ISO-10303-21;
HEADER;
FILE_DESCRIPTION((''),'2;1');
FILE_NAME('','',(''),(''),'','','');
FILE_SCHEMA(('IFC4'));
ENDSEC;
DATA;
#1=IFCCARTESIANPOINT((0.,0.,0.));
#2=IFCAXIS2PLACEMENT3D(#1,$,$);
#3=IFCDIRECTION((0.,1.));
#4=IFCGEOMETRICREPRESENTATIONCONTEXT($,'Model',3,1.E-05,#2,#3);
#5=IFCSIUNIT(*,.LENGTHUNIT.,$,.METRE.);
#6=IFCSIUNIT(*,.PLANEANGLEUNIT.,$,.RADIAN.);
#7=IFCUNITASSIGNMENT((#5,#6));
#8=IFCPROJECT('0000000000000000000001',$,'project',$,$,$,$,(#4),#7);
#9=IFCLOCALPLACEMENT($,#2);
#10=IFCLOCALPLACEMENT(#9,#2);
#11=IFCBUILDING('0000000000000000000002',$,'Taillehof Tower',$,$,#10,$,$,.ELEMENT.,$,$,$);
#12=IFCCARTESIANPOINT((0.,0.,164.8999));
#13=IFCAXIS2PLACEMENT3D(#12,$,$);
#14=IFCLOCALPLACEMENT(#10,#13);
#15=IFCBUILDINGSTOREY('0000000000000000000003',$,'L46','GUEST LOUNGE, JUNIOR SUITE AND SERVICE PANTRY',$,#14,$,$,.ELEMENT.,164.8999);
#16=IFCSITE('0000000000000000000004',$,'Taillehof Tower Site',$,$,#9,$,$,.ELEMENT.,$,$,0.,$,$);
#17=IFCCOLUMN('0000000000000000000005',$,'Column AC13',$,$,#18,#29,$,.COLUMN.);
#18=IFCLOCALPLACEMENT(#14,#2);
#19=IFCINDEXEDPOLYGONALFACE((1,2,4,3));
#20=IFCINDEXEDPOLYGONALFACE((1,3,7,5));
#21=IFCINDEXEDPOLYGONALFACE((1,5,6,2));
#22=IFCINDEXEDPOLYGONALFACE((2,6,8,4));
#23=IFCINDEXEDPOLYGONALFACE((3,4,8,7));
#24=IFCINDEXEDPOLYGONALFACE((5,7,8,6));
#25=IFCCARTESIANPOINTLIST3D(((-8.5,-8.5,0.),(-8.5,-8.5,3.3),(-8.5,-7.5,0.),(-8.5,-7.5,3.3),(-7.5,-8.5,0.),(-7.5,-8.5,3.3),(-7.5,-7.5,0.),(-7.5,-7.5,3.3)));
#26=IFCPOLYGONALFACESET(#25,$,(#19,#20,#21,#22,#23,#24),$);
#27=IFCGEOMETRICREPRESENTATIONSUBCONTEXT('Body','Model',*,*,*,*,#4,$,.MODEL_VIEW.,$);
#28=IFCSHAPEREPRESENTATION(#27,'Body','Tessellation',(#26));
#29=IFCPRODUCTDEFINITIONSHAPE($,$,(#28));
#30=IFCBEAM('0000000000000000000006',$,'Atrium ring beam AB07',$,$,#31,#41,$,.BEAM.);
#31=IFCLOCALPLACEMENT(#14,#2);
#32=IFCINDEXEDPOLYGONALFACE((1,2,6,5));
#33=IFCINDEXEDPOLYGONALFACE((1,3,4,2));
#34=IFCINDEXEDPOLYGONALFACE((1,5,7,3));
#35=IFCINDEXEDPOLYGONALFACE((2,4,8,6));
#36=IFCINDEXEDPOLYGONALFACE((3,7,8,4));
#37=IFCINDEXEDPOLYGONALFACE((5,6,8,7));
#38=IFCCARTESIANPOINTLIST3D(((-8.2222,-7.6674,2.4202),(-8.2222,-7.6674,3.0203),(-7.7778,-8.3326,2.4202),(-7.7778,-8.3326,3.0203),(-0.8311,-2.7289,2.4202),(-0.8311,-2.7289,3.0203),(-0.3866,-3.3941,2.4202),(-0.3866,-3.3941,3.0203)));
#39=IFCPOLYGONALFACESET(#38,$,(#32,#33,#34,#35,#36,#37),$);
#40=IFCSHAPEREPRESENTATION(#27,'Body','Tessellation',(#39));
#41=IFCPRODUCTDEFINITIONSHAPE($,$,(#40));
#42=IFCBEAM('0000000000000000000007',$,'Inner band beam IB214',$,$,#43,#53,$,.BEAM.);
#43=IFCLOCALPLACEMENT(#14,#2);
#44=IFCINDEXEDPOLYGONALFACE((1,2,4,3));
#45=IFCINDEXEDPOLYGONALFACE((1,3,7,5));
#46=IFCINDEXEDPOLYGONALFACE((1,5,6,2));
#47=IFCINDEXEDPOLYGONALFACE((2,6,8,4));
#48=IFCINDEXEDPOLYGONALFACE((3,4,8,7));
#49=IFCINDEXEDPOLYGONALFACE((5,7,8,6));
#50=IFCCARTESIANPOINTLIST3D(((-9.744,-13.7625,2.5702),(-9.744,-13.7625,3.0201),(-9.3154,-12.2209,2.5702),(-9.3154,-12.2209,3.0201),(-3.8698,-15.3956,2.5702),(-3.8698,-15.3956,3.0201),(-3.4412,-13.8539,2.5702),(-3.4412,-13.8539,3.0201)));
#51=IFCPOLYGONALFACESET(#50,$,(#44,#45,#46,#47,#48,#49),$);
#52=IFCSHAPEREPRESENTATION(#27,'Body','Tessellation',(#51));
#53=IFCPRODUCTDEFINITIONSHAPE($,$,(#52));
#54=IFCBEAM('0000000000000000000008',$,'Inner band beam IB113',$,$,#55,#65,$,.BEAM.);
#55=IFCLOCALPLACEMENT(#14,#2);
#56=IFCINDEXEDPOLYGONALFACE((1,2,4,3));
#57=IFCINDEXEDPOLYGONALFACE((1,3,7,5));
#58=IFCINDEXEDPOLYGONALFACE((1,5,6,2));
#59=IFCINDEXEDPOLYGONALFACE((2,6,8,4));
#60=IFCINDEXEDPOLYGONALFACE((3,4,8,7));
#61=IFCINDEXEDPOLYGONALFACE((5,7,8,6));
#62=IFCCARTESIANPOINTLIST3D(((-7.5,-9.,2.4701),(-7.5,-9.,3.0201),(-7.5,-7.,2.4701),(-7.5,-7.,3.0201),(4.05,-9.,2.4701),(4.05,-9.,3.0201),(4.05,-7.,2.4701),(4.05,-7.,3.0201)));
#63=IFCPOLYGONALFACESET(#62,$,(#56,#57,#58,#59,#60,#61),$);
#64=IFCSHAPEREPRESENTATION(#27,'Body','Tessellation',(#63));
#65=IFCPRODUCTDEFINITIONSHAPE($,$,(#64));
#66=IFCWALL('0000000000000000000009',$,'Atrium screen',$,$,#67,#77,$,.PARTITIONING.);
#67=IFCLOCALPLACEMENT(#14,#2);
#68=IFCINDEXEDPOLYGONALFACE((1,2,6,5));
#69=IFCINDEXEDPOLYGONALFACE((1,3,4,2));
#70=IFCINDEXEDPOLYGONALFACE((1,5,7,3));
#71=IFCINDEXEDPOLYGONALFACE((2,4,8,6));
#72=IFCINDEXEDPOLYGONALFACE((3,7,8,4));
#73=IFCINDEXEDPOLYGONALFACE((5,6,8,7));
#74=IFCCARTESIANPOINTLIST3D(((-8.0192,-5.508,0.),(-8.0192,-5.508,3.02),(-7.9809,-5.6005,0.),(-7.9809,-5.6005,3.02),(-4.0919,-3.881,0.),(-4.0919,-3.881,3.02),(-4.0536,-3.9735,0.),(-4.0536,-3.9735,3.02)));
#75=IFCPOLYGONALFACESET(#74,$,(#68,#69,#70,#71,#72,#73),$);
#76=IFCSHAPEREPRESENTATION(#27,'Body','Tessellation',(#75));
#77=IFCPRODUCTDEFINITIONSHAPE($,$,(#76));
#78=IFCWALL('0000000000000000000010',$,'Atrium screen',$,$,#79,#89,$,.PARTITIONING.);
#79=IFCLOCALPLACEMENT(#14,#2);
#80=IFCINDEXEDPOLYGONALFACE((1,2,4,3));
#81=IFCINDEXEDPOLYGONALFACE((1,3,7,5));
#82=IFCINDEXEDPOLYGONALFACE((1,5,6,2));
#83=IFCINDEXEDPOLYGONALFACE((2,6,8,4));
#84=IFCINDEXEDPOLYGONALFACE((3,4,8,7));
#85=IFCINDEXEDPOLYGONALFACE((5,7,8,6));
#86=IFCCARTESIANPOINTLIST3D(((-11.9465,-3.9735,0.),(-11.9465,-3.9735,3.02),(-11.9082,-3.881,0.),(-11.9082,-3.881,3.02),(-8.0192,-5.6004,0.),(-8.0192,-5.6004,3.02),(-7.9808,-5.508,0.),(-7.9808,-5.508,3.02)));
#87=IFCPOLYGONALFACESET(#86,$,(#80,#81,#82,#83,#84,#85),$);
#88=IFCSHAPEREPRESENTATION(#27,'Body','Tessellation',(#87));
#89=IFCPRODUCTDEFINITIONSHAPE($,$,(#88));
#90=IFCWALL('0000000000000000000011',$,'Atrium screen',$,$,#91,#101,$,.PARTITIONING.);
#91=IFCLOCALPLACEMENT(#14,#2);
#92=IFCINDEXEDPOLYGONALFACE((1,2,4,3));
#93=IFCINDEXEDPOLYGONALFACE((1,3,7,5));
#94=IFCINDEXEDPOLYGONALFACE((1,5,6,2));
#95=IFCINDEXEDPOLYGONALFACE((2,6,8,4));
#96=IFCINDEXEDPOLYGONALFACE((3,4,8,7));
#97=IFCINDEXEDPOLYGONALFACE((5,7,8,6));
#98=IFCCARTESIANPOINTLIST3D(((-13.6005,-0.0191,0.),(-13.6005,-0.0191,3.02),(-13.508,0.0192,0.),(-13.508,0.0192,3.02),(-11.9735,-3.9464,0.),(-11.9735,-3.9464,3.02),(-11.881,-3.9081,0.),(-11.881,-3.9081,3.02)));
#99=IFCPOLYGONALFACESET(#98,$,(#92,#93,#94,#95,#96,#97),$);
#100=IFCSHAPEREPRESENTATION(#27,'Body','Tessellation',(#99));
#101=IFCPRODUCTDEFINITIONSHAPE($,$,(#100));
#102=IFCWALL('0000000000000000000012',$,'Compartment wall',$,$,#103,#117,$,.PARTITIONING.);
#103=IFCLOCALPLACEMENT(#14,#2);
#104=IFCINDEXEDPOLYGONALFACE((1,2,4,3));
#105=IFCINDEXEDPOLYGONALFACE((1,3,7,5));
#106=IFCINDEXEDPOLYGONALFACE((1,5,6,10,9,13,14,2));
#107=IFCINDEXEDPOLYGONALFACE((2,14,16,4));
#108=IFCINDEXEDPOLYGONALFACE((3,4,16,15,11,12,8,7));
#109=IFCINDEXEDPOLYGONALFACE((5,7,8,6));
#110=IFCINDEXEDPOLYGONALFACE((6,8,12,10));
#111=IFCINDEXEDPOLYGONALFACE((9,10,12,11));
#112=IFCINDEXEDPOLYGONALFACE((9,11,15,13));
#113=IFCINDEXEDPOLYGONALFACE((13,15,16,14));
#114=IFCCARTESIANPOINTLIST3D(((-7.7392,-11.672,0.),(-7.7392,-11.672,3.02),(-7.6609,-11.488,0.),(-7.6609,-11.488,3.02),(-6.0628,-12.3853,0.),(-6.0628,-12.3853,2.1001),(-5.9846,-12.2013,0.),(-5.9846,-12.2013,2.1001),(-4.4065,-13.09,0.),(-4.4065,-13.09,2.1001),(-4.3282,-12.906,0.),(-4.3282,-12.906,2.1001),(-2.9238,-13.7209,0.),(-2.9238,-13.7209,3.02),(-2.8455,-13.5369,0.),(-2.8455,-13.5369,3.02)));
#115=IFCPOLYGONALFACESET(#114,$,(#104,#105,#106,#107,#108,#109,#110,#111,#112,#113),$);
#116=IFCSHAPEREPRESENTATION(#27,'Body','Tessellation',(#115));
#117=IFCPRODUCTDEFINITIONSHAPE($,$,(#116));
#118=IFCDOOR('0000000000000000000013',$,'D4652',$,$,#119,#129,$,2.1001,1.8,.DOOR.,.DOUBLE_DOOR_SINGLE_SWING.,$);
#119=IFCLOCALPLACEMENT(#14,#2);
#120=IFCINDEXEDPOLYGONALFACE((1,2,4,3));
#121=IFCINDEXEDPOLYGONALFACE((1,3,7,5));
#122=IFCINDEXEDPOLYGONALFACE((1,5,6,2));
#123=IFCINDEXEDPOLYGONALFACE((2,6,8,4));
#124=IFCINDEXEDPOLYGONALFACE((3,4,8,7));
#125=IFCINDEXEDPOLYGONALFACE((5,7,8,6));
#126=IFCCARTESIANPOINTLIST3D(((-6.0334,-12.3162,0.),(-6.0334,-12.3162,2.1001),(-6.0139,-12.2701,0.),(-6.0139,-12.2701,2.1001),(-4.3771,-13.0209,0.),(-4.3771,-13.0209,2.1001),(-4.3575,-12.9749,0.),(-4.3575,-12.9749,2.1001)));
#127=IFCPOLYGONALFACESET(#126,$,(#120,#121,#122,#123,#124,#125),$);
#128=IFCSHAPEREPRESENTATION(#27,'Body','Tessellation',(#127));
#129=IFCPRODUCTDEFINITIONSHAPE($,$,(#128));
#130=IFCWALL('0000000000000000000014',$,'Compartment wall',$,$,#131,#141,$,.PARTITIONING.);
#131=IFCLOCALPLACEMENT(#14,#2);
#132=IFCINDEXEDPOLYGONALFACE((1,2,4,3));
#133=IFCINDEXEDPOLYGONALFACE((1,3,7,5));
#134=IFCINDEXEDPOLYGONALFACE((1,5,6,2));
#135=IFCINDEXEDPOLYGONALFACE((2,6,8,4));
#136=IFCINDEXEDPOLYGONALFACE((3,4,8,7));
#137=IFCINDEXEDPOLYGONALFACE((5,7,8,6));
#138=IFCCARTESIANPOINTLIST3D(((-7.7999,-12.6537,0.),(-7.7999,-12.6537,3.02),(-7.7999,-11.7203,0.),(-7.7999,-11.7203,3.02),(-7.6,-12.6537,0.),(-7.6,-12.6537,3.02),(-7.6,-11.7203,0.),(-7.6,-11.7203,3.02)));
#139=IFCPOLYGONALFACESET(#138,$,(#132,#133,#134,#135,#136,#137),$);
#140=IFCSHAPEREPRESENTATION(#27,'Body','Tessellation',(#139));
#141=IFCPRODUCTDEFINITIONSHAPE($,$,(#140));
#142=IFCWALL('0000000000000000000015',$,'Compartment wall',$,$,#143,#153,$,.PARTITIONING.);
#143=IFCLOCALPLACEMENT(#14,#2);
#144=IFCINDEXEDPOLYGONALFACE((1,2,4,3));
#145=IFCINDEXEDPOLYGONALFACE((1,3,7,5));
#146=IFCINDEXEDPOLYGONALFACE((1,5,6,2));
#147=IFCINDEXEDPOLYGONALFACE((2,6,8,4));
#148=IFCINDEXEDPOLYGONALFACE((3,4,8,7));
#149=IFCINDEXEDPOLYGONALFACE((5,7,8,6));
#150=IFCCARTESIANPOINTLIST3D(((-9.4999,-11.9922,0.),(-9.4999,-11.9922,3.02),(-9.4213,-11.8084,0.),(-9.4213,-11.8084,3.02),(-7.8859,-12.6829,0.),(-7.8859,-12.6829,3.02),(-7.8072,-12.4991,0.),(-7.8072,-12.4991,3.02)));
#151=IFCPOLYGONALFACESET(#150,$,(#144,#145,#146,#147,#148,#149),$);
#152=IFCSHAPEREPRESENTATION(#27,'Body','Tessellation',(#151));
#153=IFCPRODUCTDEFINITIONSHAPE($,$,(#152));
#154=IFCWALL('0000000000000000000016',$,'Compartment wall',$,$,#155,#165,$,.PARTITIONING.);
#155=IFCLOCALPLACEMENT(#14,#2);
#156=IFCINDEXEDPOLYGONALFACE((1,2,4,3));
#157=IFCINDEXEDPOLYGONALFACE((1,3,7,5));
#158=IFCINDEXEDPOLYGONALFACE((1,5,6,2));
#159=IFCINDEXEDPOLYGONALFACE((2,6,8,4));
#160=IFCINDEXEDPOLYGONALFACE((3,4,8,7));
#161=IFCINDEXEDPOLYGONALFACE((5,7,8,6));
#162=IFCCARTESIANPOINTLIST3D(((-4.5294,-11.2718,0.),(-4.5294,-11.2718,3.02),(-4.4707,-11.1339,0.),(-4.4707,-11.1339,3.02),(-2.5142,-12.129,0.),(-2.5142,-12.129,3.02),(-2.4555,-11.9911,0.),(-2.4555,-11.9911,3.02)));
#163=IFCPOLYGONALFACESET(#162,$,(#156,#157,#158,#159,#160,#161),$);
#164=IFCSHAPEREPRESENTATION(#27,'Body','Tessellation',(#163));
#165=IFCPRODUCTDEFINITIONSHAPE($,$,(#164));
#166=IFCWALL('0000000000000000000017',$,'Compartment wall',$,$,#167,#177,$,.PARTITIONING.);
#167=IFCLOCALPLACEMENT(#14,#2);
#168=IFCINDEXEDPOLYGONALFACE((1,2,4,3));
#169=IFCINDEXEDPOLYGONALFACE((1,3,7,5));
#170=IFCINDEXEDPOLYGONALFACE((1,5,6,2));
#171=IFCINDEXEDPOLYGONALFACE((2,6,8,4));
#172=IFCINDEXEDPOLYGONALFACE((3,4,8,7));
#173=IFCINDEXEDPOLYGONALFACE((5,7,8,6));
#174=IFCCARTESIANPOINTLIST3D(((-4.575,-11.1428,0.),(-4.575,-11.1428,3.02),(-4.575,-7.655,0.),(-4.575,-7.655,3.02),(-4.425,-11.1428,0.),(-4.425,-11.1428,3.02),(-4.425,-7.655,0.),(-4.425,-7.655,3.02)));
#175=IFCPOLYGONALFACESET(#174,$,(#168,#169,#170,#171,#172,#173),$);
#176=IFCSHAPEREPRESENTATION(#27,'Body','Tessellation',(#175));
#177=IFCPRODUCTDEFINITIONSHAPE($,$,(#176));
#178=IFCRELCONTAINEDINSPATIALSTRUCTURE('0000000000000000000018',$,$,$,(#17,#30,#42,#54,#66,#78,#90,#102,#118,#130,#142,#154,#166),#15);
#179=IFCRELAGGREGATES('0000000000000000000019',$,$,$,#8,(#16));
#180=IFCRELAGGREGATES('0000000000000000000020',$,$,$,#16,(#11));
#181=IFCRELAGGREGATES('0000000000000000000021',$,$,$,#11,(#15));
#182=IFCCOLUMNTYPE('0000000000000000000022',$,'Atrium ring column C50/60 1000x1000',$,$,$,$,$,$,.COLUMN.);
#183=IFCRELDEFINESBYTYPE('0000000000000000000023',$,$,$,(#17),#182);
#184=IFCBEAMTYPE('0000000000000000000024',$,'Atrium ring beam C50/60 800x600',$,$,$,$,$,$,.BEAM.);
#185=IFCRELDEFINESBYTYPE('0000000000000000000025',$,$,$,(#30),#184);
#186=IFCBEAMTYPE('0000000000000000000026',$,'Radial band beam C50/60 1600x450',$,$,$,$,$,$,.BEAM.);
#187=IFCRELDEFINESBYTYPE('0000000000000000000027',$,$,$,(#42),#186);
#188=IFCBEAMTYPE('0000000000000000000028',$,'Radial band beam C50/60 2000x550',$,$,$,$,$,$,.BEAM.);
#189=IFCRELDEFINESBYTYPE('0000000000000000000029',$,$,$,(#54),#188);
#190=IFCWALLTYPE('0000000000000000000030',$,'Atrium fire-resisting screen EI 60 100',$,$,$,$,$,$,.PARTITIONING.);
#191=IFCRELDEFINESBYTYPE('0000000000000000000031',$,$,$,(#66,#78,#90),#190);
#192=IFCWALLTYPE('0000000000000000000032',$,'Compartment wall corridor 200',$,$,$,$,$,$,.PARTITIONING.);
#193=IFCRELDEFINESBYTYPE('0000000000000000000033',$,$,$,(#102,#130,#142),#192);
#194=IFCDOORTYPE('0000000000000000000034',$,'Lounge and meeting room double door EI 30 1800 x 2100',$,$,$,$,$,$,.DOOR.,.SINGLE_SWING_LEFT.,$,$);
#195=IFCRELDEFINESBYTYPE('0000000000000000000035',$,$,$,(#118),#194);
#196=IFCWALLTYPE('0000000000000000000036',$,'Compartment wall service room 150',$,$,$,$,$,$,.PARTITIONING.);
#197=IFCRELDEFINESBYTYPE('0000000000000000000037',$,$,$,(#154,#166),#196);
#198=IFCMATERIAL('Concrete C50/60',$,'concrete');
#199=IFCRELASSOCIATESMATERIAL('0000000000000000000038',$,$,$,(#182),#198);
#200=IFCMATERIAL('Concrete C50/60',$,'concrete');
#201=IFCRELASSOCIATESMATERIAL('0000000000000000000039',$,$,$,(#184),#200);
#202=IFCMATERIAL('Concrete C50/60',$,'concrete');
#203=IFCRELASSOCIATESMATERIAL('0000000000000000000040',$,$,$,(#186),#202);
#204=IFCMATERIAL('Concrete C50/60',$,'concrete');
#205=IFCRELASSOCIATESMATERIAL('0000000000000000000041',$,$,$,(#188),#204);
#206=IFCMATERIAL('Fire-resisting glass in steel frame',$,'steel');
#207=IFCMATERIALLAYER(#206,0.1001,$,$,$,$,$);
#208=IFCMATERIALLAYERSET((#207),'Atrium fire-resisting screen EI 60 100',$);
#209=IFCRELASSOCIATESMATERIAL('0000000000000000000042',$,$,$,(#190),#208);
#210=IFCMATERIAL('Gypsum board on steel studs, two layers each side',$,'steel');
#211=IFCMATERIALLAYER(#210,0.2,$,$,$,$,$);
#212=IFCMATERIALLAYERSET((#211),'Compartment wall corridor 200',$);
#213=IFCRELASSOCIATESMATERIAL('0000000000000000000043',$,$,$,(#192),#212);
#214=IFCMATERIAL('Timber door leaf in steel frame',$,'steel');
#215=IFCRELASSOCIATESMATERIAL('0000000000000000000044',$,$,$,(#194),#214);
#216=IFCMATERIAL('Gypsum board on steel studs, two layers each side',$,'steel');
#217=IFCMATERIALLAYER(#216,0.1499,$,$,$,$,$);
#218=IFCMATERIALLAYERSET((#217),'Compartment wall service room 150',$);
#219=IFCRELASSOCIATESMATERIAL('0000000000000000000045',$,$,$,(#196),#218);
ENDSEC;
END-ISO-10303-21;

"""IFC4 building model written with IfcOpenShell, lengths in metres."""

from ifc_helpers import new_model, si_unit, direction, frame, frame_2d, origin, origin_2d, place, context, subcontext, project, spatial, rectangle, extrude, material, layer, layer_set, material_profile, profile_set, type_object, element, fill, save


model = new_model("IFC4")

# Units and contexts
model_context = context("Model", 3, precision=1e-05, world=origin(), true_north=direction((0.0, 1.0)))
body_context = subcontext(model_context, "Body", "Model", "MODEL_VIEW")
ifc_project = project(units=[si_unit("LENGTHUNIT", "METRE"), si_unit("PLANEANGLEUNIT", "RADIAN")], contexts=[model_context])

# Site, building, storey
site_placement = place(None, origin())
site = spatial("IfcSite", under=ifc_project, at=site_placement, Name="Taillehof Tower Site", CompositionType="ELEMENT", RefElevation=0.0)
building_placement = place(site_placement, origin())
building = spatial("IfcBuilding", under=site, at=building_placement, Name="Taillehof Tower", CompositionType="ELEMENT")
storey_placement = place(building_placement, frame((0.0, 0.0, 164.8999)))
storey = spatial("IfcBuildingStorey", under=building, at=storey_placement, Name="L46", Description="GUEST LOUNGE, JUNIOR SUITE AND SERVICE PANTRY", CompositionType="ELEMENT", Elevation=164.8999)

# Column
ifc_material_1 = material(Name="Concrete C50/60", Category="concrete")
ifc_material_profile_1 = material_profile(ifc_material_1, rectangle(XDim=1.0, YDim=1.0, at=origin_2d()), Name="RC 1000x1000")
ifc_profile_set_1 = profile_set([ifc_material_profile_1], Name="Concrete C50/60")
column_type = type_object("IfcColumnType", Name="Atrium ring column C50/60 1000x1000", PredefinedType="COLUMN", material=ifc_profile_set_1)
column_placement = place(storey_placement, frame((-8.0, -8.0, 0.0), z_axis=(0.0, 0.0, 1.0), x_axis=(1.0, 0.0, 0.0)))
element("IfcColumn", 1, at=column_placement, inside=storey, type_object=column_type, Name="Column AC13", PredefinedType="COLUMN", context=body_context, shape_type="SweptSolid", body=[
    extrude(rectangle(XDim=1.0, YDim=1.0, at=origin_2d()), origin(), (0.0, 0.0, 1.0), 3.3),
])

# Beams
ifc_material_2 = material(Name="Concrete C50/60", Category="concrete")
ifc_material_profile_2 = material_profile(ifc_material_2, rectangle(XDim=0.8, YDim=0.6001, at=origin_2d()), Name="RC 800x600")
ifc_profile_set_2 = profile_set([ifc_material_profile_2], Name="Concrete C50/60")
beam_type_1 = type_object("IfcBeamType", Name="Atrium ring beam C50/60 800x600", PredefinedType="BEAM", material=ifc_profile_set_2)
beam_1_placement = place(storey_placement, frame((-8.0, -8.0, 2.7202), z_axis=(0.831475, 0.555562, 0.0), x_axis=(-0.555562, 0.831475, 0.0)))
element("IfcBeam", 2, at=beam_1_placement, inside=storey, type_object=beam_type_1, Name="Atrium ring beam AB07", PredefinedType="BEAM", context=body_context, shape_type="SweptSolid", body=[
    extrude(rectangle(XDim=0.8, YDim=0.6001, at=origin_2d()), origin(), (0.0, 0.0, 1.0), 8.8892),
])
ifc_material_3 = material(Name="Concrete C50/60", Category="concrete")
ifc_material_profile_3 = material_profile(ifc_material_3, rectangle(XDim=1.6001, YDim=0.45, at=origin_2d()), Name="RC 1600x450")
ifc_profile_set_3 = profile_set([ifc_material_profile_3], Name="Concrete C50/60")
beam_type_2 = type_object("IfcBeamType", Name="Radial band beam C50/60 1600x450", PredefinedType="BEAM", material=ifc_profile_set_3)
beam_2_placement = place(storey_placement, frame((-3.6555, -14.6248, 2.7952), z_axis=(-0.963459, 0.267855, 0.0), x_axis=(-0.267855, -0.963459, 0.0)))
element("IfcBeam", 3, at=beam_2_placement, inside=storey, type_object=beam_type_2, Name="Inner band beam IB214", PredefinedType="BEAM", context=body_context, shape_type="SweptSolid", body=[
    extrude(rectangle(XDim=1.6001, YDim=0.45, at=origin_2d()), origin(), (0.0, 0.0, 1.0), 6.0969),
])
ifc_material_4 = material(Name="Concrete C50/60", Category="concrete")
ifc_material_profile_4 = material_profile(ifc_material_4, rectangle(XDim=2.0, YDim=0.55, at=origin_2d()), Name="RC 2000x550")
ifc_profile_set_4 = profile_set([ifc_material_profile_4], Name="Concrete C50/60")
beam_type_3 = type_object("IfcBeamType", Name="Radial band beam C50/60 2000x550", PredefinedType="BEAM", material=ifc_profile_set_4)
beam_3_placement = place(storey_placement, frame((-7.5, -8.0, 2.7451), z_axis=(1.0, 0.0, 0.0), x_axis=(0.0, 1.0, 0.0)))
element("IfcBeam", 4, at=beam_3_placement, inside=storey, type_object=beam_type_3, Name="Inner band beam IB113", PredefinedType="BEAM", context=body_context, shape_type="SweptSolid", body=[
    extrude(rectangle(XDim=2.0, YDim=0.55, at=origin_2d()), origin(), (0.0, 0.0, 1.0), 11.55),
])

# Walls
ifc_material_5 = material(Name="Fire-resisting glass in steel frame", Category="steel")
ifc_layer_1 = layer(ifc_material_5, 0.1001)
ifc_layer_set_1 = layer_set([ifc_layer_1], Name="Atrium fire-resisting screen EI 60 100")
wall_type_1 = type_object("IfcWallType", Name="Atrium fire-resisting screen EI 60 100", PredefinedType="PARTITIONING", material=ifc_layer_set_1)
for number, where, z_axis, x_axis, name in (
    (5, (-4.0728, -3.9272, 0.0), (0.0, 0.0, 1.0), (-0.92386, -0.382731, 0.0), "Atrium screen"),
    (6, (-8.0, -5.5542, 0.0), (0.0, 0.0, 1.0), (-0.92386, 0.382731, 0.0), "Atrium screen"),
    (7, (-11.9272, -3.9272, 0.0), (0.0, 0.0, 1.0), (-0.382731, 0.92386, 0.0), "Atrium screen"),
):
    element("IfcWall", number, at=place(storey_placement, frame(where, z_axis=z_axis, x_axis=x_axis)), inside=storey, type_object=wall_type_1, Name=name, PredefinedType="PARTITIONING", context=body_context, shape_type="SweptSolid", body=[
        extrude(rectangle(XDim=4.251, YDim=0.1001, at=frame_2d((2.1255, 0.0))), origin(), (0.0, 0.0, 1.0), 3.02),
    ])

# Wall, opening, door
ifc_material_6 = material(Name="Gypsum board on steel studs, two layers each side", Category="steel")
ifc_layer_2 = layer(ifc_material_6, 0.2)
ifc_layer_set_2 = layer_set([ifc_layer_2], Name="Compartment wall corridor 200")
wall_type_2 = type_object("IfcWallType", Name="Compartment wall corridor 200", PredefinedType="PARTITIONING", material=ifc_layer_set_2)
wall_1_placement = place(storey_placement, frame((-2.8845, -13.6289, 0.0), z_axis=(0.0, 0.0, 1.0), x_axis=(-0.920175, 0.391508, 0.0)))
wall_1 = element("IfcWall", 8, at=wall_1_placement, inside=storey, type_object=wall_type_2, Name="Compartment wall", PredefinedType="PARTITIONING", context=body_context, shape_type="SweptSolid", body=[
    extrude(rectangle(XDim=5.2332, YDim=0.2, at=frame_2d((2.6167, 0.0))), origin(), (0.0, 0.0, 1.0), 3.02),
])
opening_1_placement = place(wall_1_placement, frame((1.6116, 0.0, 0.0)))
opening_1 = element("IfcOpeningElement", 9, at=opening_1_placement, cuts=wall_1, PredefinedType="OPENING", context=body_context, shape_type="SweptSolid", body=[
    extrude(rectangle(XDim=1.8, YDim=2.1001, at=frame_2d((0.8999, 1.05))), frame((0.0, 0.1099, 0.0), z_axis=(0.0, -1.0, 0.0), x_axis=(1.0, 0.0, 0.0)), (0.0, 0.0, 1.0), 0.22),
])
ifc_material_7 = material(Name="Timber door leaf in steel frame", Category="steel")
door_type_1 = type_object("IfcDoorType", Name="Lounge and meeting room double door EI 30 1800 x 2100", OperationType="SINGLE_SWING_LEFT", PredefinedType="DOOR", material=ifc_material_7)
door_1_placement = place(opening_1_placement, origin())
door_1 = element("IfcDoor", 10, at=door_1_placement, inside=storey, type_object=door_type_1, Name="D4652", OperationType="DOUBLE_DOOR_SINGLE_SWING", OverallHeight=2.1001, OverallWidth=1.8, PredefinedType="DOOR", context=body_context, shape_type="SweptSolid", body=[
    extrude(rectangle(XDim=1.8, YDim=2.1001, at=frame_2d((0.8999, 1.05))), frame((0.0, 0.0249, 0.0), z_axis=(0.0, -1.0, 0.0), x_axis=(1.0, 0.0, 0.0)), (0.0, 0.0, 1.0), 0.05),
])
fill(opening_1, door_1)

# Walls
wall_2_placement = place(storey_placement, frame((-7.7, -11.7202, 0.0), z_axis=(0.0, 0.0, 1.0), x_axis=(0.0, -1.0, 0.0)))
element("IfcWall", 11, at=wall_2_placement, inside=storey, type_object=wall_type_2, Name="Compartment wall", PredefinedType="PARTITIONING", context=body_context, shape_type="SweptSolid", body=[
    extrude(rectangle(XDim=0.9333, YDim=0.2, at=frame_2d((0.4668, 0.0))), origin(), (0.0, 0.0, 1.0), 3.02),
])
wall_3_placement = place(storey_placement, frame((-7.8464, -12.5911, 0.0), z_axis=(0.0, 0.0, 1.0), x_axis=(-0.919361, 0.393416, 0.0)))
element("IfcWall", 12, at=wall_3_placement, inside=storey, type_object=wall_type_2, Name="Compartment wall", PredefinedType="PARTITIONING", context=body_context, shape_type="SweptSolid", body=[
    extrude(rectangle(XDim=1.7556, YDim=0.2, at=frame_2d((0.8779, 0.0))), origin(), (0.0, 0.0, 1.0), 3.02),
])
ifc_material_8 = material(Name="Gypsum board on steel studs, two layers each side", Category="steel")
ifc_layer_3 = layer(ifc_material_8, 0.1499)
ifc_layer_set_3 = layer_set([ifc_layer_3], Name="Compartment wall service room 150")
wall_type_3 = type_object("IfcWallType", Name="Compartment wall service room 150", PredefinedType="PARTITIONING", material=ifc_layer_set_3)
wall_4_placement = place(storey_placement, frame((-2.4849, -12.0601, 0.0), z_axis=(0.0, 0.0, 1.0), x_axis=(-0.920208, 0.391429, 0.0)))
element("IfcWall", 13, at=wall_4_placement, inside=storey, type_object=wall_type_3, Name="Compartment wall", PredefinedType="PARTITIONING", context=body_context, shape_type="SweptSolid", body=[
    extrude(rectangle(XDim=2.1899, YDim=0.1499, at=frame_2d((1.095, 0.0))), origin(), (0.0, 0.0, 1.0), 3.02),
])
wall_5_placement = place(storey_placement, frame((-4.5, -11.1428, 0.0), z_axis=(0.0, 0.0, 1.0), x_axis=(0.0, 1.0, 0.0)))
element("IfcWall", 14, at=wall_5_placement, inside=storey, type_object=wall_type_3, Name="Compartment wall", PredefinedType="PARTITIONING", context=body_context, shape_type="SweptSolid", body=[
    extrude(rectangle(XDim=3.4878, YDim=0.1499, at=frame_2d((1.7439, 0.0))), origin(), (0.0, 0.0, 1.0), 3.02),
])

save(model, "model.ifc")
